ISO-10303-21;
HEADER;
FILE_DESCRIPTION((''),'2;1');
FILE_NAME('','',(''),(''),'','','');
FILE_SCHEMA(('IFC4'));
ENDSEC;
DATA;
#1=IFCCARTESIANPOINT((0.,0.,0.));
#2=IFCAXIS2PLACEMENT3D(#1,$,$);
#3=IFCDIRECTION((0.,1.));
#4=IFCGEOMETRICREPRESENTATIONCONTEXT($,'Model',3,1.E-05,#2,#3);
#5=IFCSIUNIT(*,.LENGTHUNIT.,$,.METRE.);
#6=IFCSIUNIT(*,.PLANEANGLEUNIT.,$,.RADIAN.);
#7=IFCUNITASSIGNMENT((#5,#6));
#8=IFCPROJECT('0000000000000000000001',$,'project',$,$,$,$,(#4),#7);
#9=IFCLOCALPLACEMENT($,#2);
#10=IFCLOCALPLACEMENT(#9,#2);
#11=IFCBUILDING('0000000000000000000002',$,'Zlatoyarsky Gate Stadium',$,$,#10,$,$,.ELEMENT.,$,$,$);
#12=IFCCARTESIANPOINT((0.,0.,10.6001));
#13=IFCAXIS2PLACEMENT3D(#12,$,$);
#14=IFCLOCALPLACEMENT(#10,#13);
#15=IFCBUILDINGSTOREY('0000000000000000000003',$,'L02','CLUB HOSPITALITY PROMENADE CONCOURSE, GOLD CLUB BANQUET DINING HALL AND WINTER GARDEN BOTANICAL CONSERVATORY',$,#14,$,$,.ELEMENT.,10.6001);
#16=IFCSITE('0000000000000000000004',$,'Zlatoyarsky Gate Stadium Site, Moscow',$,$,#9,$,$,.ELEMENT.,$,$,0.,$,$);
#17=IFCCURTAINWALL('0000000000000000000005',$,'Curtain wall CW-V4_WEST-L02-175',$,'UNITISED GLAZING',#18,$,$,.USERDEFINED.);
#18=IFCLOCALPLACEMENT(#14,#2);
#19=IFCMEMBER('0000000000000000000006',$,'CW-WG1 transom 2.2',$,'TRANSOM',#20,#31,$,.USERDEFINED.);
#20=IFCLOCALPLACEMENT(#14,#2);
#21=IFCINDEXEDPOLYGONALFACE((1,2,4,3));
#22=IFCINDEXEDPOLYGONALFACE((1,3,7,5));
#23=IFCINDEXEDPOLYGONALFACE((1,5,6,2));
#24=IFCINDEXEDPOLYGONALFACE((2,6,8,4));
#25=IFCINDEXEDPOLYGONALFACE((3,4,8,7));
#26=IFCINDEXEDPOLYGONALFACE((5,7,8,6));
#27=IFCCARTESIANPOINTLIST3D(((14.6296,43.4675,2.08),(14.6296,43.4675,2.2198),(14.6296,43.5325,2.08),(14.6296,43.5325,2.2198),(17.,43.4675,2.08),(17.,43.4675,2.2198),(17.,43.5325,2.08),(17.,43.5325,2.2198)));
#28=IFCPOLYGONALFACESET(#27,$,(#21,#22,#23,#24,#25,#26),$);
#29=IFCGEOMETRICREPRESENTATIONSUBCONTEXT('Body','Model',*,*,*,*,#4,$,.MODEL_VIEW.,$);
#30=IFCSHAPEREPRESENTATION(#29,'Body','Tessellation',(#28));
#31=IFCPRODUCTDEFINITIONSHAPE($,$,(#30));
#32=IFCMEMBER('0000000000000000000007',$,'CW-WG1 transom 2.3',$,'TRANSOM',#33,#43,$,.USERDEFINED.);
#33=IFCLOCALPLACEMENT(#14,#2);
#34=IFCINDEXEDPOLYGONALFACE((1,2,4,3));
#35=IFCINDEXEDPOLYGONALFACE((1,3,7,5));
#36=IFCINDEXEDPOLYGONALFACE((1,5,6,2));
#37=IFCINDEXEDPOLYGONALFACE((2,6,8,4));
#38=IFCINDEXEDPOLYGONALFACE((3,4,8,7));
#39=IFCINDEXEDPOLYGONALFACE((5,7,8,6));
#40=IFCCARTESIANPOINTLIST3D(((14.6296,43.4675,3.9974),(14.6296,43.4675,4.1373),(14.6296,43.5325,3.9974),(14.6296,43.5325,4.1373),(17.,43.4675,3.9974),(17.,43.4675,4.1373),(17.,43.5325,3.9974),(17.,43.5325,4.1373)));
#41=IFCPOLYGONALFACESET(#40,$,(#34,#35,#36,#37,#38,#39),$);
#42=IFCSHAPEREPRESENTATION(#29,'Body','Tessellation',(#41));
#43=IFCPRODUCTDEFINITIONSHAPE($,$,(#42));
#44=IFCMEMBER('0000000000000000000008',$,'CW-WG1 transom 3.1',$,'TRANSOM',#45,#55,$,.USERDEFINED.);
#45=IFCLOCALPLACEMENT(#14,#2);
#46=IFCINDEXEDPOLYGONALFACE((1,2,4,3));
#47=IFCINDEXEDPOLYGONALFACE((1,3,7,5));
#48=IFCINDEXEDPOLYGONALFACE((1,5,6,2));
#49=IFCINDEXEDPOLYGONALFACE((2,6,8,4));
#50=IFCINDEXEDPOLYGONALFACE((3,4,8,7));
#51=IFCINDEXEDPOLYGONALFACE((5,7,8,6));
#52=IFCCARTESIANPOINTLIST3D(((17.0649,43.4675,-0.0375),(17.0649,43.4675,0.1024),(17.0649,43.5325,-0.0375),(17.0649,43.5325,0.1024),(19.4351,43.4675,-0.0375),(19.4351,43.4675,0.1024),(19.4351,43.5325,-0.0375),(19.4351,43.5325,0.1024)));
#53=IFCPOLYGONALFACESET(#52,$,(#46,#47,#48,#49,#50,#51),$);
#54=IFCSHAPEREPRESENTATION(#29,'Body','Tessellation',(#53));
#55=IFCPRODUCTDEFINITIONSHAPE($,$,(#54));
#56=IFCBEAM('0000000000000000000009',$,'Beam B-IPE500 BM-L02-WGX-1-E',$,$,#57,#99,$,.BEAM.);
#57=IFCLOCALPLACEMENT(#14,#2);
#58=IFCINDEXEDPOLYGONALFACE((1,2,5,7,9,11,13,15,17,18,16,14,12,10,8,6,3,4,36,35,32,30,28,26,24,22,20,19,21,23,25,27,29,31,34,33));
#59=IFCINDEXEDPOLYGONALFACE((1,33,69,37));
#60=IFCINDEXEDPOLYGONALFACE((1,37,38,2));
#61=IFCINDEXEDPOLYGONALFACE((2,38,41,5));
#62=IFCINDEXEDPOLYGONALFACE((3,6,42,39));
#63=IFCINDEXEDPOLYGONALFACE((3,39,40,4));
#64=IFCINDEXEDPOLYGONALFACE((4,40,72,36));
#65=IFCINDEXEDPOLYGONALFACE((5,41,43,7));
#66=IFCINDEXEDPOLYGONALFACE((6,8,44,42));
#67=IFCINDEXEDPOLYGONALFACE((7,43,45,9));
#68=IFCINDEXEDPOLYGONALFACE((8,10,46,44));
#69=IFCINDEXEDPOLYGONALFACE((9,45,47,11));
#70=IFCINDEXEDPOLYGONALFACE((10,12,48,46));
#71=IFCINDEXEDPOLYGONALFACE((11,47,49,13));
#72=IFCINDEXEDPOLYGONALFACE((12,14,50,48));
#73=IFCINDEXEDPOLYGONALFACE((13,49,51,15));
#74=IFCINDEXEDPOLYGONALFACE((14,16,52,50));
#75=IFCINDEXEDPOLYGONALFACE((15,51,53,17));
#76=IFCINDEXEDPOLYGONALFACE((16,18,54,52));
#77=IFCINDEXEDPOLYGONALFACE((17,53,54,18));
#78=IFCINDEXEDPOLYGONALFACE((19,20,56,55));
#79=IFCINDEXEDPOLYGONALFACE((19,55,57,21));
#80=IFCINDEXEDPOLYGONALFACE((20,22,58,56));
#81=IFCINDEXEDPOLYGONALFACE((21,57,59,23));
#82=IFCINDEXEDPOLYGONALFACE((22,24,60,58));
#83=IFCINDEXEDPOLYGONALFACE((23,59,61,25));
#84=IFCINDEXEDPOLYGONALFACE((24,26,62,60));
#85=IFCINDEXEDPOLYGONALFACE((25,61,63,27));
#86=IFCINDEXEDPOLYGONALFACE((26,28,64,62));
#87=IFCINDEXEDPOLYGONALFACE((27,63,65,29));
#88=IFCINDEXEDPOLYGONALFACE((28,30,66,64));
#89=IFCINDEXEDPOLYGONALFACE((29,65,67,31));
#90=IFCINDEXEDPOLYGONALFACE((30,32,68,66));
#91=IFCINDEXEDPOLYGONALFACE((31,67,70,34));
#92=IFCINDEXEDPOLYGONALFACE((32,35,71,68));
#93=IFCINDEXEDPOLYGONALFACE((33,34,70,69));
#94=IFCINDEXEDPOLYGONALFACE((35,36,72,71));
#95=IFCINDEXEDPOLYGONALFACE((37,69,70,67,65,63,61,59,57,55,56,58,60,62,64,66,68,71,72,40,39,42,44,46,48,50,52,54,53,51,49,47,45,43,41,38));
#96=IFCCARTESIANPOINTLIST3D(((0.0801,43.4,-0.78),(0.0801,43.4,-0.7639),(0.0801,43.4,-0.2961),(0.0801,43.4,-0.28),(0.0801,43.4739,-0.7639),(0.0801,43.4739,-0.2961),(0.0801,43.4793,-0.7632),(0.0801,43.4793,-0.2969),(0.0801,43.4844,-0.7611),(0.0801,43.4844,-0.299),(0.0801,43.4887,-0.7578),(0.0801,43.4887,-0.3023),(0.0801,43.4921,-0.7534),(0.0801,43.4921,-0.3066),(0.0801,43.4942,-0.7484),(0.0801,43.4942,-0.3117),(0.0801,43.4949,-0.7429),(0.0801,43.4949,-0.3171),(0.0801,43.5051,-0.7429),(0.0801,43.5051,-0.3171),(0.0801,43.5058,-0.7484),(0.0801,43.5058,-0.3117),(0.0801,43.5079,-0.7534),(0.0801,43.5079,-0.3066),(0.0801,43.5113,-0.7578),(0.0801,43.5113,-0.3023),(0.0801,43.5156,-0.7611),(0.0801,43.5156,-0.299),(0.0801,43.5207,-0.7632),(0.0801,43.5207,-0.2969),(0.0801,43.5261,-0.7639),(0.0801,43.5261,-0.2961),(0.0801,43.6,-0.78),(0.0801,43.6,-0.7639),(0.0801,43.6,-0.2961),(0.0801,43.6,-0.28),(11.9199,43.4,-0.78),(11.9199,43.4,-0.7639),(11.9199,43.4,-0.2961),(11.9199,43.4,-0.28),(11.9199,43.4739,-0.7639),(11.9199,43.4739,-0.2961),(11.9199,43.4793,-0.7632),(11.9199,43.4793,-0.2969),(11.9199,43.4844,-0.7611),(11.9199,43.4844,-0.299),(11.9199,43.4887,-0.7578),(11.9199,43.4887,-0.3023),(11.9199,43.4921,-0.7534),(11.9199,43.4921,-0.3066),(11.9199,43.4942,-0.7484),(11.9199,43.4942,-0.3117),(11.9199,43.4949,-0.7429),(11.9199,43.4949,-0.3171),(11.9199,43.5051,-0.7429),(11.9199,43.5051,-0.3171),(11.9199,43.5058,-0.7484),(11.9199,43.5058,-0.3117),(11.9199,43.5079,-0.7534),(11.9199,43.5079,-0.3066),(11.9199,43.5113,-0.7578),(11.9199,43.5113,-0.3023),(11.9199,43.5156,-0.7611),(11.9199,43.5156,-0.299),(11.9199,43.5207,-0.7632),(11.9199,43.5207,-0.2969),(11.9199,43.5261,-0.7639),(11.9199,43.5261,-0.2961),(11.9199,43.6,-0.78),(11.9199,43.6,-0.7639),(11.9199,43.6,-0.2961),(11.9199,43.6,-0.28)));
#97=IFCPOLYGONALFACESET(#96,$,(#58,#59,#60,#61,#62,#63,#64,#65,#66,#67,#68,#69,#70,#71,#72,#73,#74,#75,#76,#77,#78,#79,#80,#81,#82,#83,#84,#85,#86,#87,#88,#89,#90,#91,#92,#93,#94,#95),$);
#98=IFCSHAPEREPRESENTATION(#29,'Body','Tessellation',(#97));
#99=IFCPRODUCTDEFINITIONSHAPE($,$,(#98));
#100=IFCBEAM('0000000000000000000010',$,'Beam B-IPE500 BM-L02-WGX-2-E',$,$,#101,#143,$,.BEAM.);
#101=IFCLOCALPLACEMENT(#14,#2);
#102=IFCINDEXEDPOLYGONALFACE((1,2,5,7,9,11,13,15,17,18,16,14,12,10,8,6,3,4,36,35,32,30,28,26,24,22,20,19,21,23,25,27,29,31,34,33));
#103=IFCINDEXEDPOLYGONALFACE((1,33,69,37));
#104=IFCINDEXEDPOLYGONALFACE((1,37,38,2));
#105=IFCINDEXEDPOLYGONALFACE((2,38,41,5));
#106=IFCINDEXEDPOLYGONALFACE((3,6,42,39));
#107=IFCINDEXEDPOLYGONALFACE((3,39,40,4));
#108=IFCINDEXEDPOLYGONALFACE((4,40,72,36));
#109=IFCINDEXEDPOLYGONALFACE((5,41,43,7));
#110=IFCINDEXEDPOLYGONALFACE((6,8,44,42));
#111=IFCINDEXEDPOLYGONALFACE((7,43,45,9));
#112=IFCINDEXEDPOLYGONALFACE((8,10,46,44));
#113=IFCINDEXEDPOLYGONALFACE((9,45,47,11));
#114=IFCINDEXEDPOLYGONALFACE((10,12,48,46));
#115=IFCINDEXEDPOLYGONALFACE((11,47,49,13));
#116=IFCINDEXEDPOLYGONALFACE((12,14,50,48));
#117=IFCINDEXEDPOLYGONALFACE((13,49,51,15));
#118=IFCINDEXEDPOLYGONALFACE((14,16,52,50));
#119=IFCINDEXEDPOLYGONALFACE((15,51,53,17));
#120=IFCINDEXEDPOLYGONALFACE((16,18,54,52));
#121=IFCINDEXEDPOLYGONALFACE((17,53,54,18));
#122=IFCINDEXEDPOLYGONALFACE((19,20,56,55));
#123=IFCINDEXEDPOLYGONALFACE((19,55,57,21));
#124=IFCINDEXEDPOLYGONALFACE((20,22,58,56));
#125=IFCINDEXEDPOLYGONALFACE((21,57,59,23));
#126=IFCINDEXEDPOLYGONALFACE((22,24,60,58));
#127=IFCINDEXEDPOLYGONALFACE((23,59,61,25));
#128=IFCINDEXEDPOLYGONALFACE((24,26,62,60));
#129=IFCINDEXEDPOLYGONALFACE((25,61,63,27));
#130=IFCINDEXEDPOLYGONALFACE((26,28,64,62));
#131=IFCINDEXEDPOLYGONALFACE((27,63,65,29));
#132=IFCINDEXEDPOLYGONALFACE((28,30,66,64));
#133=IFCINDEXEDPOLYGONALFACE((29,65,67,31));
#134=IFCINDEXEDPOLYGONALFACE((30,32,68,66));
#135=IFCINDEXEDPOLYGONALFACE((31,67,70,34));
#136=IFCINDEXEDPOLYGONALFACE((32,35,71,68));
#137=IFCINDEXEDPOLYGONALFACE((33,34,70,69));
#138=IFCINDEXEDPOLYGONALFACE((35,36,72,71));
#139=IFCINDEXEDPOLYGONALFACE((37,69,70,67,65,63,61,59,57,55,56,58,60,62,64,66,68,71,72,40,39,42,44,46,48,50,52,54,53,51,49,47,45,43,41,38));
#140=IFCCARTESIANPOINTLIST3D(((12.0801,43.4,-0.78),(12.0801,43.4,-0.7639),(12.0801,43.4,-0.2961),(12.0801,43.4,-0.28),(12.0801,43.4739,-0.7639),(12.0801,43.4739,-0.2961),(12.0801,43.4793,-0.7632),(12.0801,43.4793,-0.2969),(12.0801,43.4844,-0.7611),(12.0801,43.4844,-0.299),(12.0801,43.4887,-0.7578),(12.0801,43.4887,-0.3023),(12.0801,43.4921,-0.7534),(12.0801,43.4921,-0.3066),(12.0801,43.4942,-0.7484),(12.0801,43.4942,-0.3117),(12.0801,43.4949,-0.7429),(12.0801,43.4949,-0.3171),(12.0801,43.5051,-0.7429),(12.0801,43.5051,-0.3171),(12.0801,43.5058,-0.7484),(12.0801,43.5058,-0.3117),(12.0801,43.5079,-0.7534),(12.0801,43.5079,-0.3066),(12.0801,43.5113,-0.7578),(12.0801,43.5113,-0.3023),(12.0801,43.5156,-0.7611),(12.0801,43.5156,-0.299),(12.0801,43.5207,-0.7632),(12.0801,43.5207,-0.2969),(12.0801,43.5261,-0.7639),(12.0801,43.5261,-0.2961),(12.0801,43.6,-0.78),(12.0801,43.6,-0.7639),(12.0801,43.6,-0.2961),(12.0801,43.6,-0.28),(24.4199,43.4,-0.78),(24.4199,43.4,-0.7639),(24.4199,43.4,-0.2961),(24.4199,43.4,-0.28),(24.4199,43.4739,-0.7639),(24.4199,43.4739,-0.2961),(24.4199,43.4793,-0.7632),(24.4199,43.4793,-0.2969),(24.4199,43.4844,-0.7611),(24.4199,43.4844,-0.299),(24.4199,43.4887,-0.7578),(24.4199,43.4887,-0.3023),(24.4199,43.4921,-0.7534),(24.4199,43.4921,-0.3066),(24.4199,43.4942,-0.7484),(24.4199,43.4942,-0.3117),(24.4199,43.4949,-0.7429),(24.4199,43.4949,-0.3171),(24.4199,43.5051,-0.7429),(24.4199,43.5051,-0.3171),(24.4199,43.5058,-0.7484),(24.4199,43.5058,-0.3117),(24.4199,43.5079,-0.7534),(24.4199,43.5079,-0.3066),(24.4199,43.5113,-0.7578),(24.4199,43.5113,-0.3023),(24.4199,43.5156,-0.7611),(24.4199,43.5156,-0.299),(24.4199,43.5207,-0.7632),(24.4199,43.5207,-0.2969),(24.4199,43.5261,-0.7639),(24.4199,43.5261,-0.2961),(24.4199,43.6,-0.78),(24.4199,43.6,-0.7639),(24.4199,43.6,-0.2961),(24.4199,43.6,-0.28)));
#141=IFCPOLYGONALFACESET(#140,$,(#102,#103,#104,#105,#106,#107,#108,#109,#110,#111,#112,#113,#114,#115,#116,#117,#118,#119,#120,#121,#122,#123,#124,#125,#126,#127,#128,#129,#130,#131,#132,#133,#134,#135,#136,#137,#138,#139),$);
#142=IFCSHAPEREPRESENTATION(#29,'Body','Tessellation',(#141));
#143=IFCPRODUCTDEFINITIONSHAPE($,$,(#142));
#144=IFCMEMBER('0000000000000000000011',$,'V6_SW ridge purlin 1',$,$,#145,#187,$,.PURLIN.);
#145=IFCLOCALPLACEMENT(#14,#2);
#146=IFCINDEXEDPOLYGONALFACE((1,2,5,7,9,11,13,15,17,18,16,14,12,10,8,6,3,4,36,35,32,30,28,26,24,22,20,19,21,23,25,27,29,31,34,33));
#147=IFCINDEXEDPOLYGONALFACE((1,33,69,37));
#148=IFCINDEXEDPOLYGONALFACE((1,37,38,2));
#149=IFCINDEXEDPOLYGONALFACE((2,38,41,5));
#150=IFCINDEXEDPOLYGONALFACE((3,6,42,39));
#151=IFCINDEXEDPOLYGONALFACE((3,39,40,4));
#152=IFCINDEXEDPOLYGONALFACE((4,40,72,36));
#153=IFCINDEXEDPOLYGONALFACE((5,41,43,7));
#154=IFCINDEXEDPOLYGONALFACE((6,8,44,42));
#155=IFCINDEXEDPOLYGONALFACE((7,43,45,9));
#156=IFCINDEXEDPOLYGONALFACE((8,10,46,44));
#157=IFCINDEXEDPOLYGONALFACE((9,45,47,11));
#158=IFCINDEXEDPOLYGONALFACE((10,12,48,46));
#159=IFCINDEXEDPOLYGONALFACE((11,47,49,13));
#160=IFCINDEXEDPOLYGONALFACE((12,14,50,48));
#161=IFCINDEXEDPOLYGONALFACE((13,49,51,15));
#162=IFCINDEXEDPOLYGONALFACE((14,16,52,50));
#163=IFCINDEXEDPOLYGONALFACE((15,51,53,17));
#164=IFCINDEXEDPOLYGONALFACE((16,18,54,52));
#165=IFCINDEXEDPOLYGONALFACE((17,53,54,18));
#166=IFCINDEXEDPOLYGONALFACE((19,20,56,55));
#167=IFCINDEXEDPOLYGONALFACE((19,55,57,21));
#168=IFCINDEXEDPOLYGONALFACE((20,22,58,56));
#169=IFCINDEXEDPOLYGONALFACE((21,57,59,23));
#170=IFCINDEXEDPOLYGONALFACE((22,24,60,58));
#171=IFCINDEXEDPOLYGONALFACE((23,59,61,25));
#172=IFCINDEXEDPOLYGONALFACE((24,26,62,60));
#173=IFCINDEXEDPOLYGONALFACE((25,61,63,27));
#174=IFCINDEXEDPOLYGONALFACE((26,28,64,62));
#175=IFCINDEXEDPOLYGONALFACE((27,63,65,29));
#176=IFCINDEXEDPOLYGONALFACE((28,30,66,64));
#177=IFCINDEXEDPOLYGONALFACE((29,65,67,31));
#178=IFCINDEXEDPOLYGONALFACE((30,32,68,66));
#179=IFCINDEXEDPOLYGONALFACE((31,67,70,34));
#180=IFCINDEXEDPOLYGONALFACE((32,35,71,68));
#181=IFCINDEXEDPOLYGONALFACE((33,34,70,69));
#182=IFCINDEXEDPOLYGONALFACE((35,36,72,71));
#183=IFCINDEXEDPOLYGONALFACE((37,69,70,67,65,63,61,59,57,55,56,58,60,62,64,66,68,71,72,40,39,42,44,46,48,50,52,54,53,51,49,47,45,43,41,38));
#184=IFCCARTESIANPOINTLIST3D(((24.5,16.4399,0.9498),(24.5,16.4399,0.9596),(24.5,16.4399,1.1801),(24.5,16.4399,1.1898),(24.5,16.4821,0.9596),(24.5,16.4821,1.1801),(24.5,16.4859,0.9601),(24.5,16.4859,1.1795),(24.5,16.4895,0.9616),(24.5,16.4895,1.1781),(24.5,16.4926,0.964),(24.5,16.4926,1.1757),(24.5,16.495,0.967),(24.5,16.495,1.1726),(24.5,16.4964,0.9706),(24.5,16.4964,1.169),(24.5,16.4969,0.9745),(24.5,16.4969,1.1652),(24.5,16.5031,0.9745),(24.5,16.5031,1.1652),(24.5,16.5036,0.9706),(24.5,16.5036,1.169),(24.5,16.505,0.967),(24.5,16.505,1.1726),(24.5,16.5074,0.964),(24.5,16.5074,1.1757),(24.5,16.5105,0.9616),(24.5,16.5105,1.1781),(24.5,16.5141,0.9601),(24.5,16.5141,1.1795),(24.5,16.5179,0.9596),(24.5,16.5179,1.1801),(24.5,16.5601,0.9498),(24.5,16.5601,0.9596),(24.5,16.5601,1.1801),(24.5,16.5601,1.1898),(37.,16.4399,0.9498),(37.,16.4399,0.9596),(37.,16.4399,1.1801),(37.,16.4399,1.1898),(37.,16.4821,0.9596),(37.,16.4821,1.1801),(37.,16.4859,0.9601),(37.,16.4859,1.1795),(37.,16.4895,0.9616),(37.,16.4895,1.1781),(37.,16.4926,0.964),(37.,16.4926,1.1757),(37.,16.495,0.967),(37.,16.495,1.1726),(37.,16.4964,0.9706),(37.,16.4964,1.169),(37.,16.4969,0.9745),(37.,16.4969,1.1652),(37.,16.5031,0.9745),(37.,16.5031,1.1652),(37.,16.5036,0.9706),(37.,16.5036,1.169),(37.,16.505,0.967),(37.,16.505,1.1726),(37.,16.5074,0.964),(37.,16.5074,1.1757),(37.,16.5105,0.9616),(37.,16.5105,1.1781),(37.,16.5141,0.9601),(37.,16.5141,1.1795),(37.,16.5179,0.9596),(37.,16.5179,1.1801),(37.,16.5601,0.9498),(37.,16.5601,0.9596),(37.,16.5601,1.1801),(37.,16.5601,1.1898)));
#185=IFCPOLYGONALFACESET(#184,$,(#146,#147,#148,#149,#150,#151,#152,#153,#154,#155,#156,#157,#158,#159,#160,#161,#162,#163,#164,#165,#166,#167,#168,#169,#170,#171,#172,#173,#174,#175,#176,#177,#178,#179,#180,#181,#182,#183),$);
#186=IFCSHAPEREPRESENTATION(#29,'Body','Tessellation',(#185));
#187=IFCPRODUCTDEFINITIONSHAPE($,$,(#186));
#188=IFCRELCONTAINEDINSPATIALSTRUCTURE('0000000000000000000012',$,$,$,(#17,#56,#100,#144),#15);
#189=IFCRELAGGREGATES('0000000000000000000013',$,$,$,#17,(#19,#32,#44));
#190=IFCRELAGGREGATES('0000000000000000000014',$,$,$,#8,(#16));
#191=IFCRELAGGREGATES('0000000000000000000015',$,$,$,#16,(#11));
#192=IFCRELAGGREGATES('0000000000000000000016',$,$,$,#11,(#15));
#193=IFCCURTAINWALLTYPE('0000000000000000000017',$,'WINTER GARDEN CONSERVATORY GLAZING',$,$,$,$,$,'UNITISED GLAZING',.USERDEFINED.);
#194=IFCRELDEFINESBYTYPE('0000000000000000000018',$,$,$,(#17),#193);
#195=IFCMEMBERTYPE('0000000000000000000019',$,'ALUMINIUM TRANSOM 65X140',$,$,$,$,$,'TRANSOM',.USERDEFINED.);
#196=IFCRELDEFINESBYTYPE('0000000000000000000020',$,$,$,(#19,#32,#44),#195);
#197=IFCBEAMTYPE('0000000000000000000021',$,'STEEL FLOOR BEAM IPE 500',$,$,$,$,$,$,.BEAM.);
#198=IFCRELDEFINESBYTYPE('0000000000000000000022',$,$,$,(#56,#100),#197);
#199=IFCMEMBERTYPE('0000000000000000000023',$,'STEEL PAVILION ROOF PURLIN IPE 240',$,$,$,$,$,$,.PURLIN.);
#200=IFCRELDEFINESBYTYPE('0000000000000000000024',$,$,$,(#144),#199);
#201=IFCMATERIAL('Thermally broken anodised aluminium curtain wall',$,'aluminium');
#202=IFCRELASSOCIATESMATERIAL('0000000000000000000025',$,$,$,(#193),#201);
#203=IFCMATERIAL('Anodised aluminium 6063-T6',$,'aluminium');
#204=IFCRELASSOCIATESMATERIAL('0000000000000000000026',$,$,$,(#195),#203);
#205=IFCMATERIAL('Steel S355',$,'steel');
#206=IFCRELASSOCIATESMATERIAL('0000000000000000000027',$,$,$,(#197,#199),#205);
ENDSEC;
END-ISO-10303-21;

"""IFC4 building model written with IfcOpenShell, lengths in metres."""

from ifc_helpers import new_model, si_unit, direction, frame, origin, origin_2d, place, context, subcontext, project, spatial, rectangle, i_section, extrude, material, material_profile, profile_set, type_object, element, aggregate, save


model = new_model("IFC4")

# Units and contexts
model_context = context("Model", 3, precision=1e-05, world=origin(), true_north=direction((0.0, 1.0)))
body_context = subcontext(model_context, "Body", "Model", "MODEL_VIEW")
ifc_project = project(units=[si_unit("LENGTHUNIT", "METRE"), si_unit("PLANEANGLEUNIT", "RADIAN")], contexts=[model_context])

# Site, building, storey
site_placement = place(None, origin())
site = spatial("IfcSite", under=ifc_project, at=site_placement, Name="Zlatoyarsky Gate Stadium Site, Moscow", CompositionType="ELEMENT", RefElevation=0.0)
building_placement = place(site_placement, origin())
building = spatial("IfcBuilding", under=site, at=building_placement, Name="Zlatoyarsky Gate Stadium", CompositionType="ELEMENT")
storey_placement = place(building_placement, frame((0.0, 0.0, 10.6001)))
storey = spatial("IfcBuildingStorey", under=building, at=storey_placement, Name="L02", Description="CLUB HOSPITALITY PROMENADE CONCOURSE, GOLD CLUB BANQUET DINING HALL AND WINTER GARDEN BOTANICAL CONSERVATORY", CompositionType="ELEMENT", Elevation=10.6001)

# Shared definitions
ifc_material_1 = material(Name="Steel S355", Category="steel")

# Curtain wall, members
ifc_material_2 = material(Name="Thermally broken anodised aluminium curtain wall", Category="aluminium")
curtain_wall_type = type_object("IfcCurtainWallType", Name="WINTER GARDEN CONSERVATORY GLAZING", ElementType="UNITISED GLAZING", PredefinedType="USERDEFINED", material=ifc_material_2)
curtain_wall_placement = place(storey_placement, origin())
curtain_wall = element("IfcCurtainWall", 1, at=curtain_wall_placement, inside=storey, type_object=curtain_wall_type, Name="Curtain wall CW-V4_WEST-L02-175", ObjectType="UNITISED GLAZING", PredefinedType="USERDEFINED")
ifc_material_3 = material(Name="Anodised aluminium 6063-T6", Category="aluminium")
ifc_material_profile_1 = material_profile(ifc_material_3, rectangle(XDim=0.0649, YDim=0.1399, at=origin_2d()), Name="ALU 65X140")
ifc_profile_set_1 = profile_set([ifc_material_profile_1], Name="Anodised aluminium 6063-T6")
member_type_1 = type_object("IfcMemberType", Name="ALUMINIUM TRANSOM 65X140", ElementType="TRANSOM", PredefinedType="USERDEFINED", material=ifc_profile_set_1)
member_1_placement = place(storey_placement, frame((14.6296, 43.5, 2.1499), z_axis=(1.0, 0.0, 0.0), x_axis=(0.0, 1.0, 0.0)))
member_1 = element("IfcMember", 2, at=member_1_placement, type_object=member_type_1, Name="CW-WG1 transom 2.2", ObjectType="TRANSOM", PredefinedType="USERDEFINED", context=body_context, shape_type="SweptSolid", body=[
    extrude(rectangle(XDim=0.0649, YDim=0.1399, at=origin_2d()), origin(), (0.0, 0.0, 1.0), 2.3704),
])
member_2_placement = place(storey_placement, frame((14.6296, 43.5, 4.0674), z_axis=(1.0, 0.0, 0.0), x_axis=(0.0, 1.0, 0.0)))
member_2 = element("IfcMember", 3, at=member_2_placement, type_object=member_type_1, Name="CW-WG1 transom 2.3", ObjectType="TRANSOM", PredefinedType="USERDEFINED", context=body_context, shape_type="SweptSolid", body=[
    extrude(rectangle(XDim=0.0649, YDim=0.1399, at=origin_2d()), origin(), (0.0, 0.0, 1.0), 2.3704),
])
member_3_placement = place(storey_placement, frame((17.0649, 43.5, 0.0325), z_axis=(1.0, 0.0, 0.0), x_axis=(0.0, 1.0, 0.0)))
member_3 = element("IfcMember", 4, at=member_3_placement, type_object=member_type_1, Name="CW-WG1 transom 3.1", ObjectType="TRANSOM", PredefinedType="USERDEFINED", context=body_context, shape_type="SweptSolid", body=[
    extrude(rectangle(XDim=0.0649, YDim=0.1399, at=origin_2d()), origin(), (0.0, 0.0, 1.0), 2.3701),
])

# Beams
ifc_material_profile_2 = material_profile(ifc_material_1, i_section(OverallWidth=0.2, OverallDepth=0.5, WebThickness=0.0103, FlangeThickness=0.0161, FilletRadius=0.021, at=origin_2d()), Name="IPE 500")
ifc_profile_set_2 = profile_set([ifc_material_profile_2], Name="Steel S355")
beam_type = type_object("IfcBeamType", Name="STEEL FLOOR BEAM IPE 500", PredefinedType="BEAM", material=ifc_profile_set_2)
beam_1_placement = place(storey_placement, frame((0.0801, 43.5, -0.53), z_axis=(1.0, 0.0, 0.0), x_axis=(0.0, 1.0, 0.0)))
element("IfcBeam", 5, at=beam_1_placement, inside=storey, type_object=beam_type, Name="Beam B-IPE500 BM-L02-WGX-1-E", PredefinedType="BEAM", context=body_context, shape_type="SweptSolid", body=[
    extrude(i_section(OverallWidth=0.2, OverallDepth=0.5, WebThickness=0.0103, FlangeThickness=0.0161, FilletRadius=0.021, at=origin_2d()), origin(), (0.0, 0.0, 1.0), 11.8398),
])
beam_2_placement = place(storey_placement, frame((12.0801, 43.5, -0.53), z_axis=(1.0, 0.0, 0.0), x_axis=(0.0, 1.0, 0.0)))
element("IfcBeam", 6, at=beam_2_placement, inside=storey, type_object=beam_type, Name="Beam B-IPE500 BM-L02-WGX-2-E", PredefinedType="BEAM", context=body_context, shape_type="SweptSolid", body=[
    extrude(i_section(OverallWidth=0.2, OverallDepth=0.5, WebThickness=0.0103, FlangeThickness=0.0161, FilletRadius=0.021, at=origin_2d()), origin(), (0.0, 0.0, 1.0), 12.3398),
])

# Member
ifc_material_profile_3 = material_profile(ifc_material_1, i_section(OverallWidth=0.1201, OverallDepth=0.24, WebThickness=0.0061, FlangeThickness=0.0098, FilletRadius=0.0149, at=origin_2d()), Name="IPE 240")
ifc_profile_set_3 = profile_set([ifc_material_profile_3], Name="Steel S355")
member_type_2 = type_object("IfcMemberType", Name="STEEL PAVILION ROOF PURLIN IPE 240", PredefinedType="PURLIN", material=ifc_profile_set_3)
for number, where, z_axis, x_axis, name in (
    (7, (24.5, 16.5, 1.0698), (1.0, 0.0, 0.0), (0.0, 1.0, 0.0), "V6_SW ridge purlin 1"),
):
    element("IfcMember", number, at=place(storey_placement, frame(where, z_axis=z_axis, x_axis=x_axis)), inside=storey, type_object=member_type_2, Name=name, PredefinedType="PURLIN", context=body_context, shape_type="SweptSolid", body=[
        extrude(i_section(OverallWidth=0.1201, OverallDepth=0.24, WebThickness=0.0061, FlangeThickness=0.0098, FilletRadius=0.0149, at=origin_2d()), origin(), (0.0, 0.0, 1.0), 12.5),
    ])

aggregate(curtain_wall, [member_1, member_2, member_3])

save(model, "model.ifc")
